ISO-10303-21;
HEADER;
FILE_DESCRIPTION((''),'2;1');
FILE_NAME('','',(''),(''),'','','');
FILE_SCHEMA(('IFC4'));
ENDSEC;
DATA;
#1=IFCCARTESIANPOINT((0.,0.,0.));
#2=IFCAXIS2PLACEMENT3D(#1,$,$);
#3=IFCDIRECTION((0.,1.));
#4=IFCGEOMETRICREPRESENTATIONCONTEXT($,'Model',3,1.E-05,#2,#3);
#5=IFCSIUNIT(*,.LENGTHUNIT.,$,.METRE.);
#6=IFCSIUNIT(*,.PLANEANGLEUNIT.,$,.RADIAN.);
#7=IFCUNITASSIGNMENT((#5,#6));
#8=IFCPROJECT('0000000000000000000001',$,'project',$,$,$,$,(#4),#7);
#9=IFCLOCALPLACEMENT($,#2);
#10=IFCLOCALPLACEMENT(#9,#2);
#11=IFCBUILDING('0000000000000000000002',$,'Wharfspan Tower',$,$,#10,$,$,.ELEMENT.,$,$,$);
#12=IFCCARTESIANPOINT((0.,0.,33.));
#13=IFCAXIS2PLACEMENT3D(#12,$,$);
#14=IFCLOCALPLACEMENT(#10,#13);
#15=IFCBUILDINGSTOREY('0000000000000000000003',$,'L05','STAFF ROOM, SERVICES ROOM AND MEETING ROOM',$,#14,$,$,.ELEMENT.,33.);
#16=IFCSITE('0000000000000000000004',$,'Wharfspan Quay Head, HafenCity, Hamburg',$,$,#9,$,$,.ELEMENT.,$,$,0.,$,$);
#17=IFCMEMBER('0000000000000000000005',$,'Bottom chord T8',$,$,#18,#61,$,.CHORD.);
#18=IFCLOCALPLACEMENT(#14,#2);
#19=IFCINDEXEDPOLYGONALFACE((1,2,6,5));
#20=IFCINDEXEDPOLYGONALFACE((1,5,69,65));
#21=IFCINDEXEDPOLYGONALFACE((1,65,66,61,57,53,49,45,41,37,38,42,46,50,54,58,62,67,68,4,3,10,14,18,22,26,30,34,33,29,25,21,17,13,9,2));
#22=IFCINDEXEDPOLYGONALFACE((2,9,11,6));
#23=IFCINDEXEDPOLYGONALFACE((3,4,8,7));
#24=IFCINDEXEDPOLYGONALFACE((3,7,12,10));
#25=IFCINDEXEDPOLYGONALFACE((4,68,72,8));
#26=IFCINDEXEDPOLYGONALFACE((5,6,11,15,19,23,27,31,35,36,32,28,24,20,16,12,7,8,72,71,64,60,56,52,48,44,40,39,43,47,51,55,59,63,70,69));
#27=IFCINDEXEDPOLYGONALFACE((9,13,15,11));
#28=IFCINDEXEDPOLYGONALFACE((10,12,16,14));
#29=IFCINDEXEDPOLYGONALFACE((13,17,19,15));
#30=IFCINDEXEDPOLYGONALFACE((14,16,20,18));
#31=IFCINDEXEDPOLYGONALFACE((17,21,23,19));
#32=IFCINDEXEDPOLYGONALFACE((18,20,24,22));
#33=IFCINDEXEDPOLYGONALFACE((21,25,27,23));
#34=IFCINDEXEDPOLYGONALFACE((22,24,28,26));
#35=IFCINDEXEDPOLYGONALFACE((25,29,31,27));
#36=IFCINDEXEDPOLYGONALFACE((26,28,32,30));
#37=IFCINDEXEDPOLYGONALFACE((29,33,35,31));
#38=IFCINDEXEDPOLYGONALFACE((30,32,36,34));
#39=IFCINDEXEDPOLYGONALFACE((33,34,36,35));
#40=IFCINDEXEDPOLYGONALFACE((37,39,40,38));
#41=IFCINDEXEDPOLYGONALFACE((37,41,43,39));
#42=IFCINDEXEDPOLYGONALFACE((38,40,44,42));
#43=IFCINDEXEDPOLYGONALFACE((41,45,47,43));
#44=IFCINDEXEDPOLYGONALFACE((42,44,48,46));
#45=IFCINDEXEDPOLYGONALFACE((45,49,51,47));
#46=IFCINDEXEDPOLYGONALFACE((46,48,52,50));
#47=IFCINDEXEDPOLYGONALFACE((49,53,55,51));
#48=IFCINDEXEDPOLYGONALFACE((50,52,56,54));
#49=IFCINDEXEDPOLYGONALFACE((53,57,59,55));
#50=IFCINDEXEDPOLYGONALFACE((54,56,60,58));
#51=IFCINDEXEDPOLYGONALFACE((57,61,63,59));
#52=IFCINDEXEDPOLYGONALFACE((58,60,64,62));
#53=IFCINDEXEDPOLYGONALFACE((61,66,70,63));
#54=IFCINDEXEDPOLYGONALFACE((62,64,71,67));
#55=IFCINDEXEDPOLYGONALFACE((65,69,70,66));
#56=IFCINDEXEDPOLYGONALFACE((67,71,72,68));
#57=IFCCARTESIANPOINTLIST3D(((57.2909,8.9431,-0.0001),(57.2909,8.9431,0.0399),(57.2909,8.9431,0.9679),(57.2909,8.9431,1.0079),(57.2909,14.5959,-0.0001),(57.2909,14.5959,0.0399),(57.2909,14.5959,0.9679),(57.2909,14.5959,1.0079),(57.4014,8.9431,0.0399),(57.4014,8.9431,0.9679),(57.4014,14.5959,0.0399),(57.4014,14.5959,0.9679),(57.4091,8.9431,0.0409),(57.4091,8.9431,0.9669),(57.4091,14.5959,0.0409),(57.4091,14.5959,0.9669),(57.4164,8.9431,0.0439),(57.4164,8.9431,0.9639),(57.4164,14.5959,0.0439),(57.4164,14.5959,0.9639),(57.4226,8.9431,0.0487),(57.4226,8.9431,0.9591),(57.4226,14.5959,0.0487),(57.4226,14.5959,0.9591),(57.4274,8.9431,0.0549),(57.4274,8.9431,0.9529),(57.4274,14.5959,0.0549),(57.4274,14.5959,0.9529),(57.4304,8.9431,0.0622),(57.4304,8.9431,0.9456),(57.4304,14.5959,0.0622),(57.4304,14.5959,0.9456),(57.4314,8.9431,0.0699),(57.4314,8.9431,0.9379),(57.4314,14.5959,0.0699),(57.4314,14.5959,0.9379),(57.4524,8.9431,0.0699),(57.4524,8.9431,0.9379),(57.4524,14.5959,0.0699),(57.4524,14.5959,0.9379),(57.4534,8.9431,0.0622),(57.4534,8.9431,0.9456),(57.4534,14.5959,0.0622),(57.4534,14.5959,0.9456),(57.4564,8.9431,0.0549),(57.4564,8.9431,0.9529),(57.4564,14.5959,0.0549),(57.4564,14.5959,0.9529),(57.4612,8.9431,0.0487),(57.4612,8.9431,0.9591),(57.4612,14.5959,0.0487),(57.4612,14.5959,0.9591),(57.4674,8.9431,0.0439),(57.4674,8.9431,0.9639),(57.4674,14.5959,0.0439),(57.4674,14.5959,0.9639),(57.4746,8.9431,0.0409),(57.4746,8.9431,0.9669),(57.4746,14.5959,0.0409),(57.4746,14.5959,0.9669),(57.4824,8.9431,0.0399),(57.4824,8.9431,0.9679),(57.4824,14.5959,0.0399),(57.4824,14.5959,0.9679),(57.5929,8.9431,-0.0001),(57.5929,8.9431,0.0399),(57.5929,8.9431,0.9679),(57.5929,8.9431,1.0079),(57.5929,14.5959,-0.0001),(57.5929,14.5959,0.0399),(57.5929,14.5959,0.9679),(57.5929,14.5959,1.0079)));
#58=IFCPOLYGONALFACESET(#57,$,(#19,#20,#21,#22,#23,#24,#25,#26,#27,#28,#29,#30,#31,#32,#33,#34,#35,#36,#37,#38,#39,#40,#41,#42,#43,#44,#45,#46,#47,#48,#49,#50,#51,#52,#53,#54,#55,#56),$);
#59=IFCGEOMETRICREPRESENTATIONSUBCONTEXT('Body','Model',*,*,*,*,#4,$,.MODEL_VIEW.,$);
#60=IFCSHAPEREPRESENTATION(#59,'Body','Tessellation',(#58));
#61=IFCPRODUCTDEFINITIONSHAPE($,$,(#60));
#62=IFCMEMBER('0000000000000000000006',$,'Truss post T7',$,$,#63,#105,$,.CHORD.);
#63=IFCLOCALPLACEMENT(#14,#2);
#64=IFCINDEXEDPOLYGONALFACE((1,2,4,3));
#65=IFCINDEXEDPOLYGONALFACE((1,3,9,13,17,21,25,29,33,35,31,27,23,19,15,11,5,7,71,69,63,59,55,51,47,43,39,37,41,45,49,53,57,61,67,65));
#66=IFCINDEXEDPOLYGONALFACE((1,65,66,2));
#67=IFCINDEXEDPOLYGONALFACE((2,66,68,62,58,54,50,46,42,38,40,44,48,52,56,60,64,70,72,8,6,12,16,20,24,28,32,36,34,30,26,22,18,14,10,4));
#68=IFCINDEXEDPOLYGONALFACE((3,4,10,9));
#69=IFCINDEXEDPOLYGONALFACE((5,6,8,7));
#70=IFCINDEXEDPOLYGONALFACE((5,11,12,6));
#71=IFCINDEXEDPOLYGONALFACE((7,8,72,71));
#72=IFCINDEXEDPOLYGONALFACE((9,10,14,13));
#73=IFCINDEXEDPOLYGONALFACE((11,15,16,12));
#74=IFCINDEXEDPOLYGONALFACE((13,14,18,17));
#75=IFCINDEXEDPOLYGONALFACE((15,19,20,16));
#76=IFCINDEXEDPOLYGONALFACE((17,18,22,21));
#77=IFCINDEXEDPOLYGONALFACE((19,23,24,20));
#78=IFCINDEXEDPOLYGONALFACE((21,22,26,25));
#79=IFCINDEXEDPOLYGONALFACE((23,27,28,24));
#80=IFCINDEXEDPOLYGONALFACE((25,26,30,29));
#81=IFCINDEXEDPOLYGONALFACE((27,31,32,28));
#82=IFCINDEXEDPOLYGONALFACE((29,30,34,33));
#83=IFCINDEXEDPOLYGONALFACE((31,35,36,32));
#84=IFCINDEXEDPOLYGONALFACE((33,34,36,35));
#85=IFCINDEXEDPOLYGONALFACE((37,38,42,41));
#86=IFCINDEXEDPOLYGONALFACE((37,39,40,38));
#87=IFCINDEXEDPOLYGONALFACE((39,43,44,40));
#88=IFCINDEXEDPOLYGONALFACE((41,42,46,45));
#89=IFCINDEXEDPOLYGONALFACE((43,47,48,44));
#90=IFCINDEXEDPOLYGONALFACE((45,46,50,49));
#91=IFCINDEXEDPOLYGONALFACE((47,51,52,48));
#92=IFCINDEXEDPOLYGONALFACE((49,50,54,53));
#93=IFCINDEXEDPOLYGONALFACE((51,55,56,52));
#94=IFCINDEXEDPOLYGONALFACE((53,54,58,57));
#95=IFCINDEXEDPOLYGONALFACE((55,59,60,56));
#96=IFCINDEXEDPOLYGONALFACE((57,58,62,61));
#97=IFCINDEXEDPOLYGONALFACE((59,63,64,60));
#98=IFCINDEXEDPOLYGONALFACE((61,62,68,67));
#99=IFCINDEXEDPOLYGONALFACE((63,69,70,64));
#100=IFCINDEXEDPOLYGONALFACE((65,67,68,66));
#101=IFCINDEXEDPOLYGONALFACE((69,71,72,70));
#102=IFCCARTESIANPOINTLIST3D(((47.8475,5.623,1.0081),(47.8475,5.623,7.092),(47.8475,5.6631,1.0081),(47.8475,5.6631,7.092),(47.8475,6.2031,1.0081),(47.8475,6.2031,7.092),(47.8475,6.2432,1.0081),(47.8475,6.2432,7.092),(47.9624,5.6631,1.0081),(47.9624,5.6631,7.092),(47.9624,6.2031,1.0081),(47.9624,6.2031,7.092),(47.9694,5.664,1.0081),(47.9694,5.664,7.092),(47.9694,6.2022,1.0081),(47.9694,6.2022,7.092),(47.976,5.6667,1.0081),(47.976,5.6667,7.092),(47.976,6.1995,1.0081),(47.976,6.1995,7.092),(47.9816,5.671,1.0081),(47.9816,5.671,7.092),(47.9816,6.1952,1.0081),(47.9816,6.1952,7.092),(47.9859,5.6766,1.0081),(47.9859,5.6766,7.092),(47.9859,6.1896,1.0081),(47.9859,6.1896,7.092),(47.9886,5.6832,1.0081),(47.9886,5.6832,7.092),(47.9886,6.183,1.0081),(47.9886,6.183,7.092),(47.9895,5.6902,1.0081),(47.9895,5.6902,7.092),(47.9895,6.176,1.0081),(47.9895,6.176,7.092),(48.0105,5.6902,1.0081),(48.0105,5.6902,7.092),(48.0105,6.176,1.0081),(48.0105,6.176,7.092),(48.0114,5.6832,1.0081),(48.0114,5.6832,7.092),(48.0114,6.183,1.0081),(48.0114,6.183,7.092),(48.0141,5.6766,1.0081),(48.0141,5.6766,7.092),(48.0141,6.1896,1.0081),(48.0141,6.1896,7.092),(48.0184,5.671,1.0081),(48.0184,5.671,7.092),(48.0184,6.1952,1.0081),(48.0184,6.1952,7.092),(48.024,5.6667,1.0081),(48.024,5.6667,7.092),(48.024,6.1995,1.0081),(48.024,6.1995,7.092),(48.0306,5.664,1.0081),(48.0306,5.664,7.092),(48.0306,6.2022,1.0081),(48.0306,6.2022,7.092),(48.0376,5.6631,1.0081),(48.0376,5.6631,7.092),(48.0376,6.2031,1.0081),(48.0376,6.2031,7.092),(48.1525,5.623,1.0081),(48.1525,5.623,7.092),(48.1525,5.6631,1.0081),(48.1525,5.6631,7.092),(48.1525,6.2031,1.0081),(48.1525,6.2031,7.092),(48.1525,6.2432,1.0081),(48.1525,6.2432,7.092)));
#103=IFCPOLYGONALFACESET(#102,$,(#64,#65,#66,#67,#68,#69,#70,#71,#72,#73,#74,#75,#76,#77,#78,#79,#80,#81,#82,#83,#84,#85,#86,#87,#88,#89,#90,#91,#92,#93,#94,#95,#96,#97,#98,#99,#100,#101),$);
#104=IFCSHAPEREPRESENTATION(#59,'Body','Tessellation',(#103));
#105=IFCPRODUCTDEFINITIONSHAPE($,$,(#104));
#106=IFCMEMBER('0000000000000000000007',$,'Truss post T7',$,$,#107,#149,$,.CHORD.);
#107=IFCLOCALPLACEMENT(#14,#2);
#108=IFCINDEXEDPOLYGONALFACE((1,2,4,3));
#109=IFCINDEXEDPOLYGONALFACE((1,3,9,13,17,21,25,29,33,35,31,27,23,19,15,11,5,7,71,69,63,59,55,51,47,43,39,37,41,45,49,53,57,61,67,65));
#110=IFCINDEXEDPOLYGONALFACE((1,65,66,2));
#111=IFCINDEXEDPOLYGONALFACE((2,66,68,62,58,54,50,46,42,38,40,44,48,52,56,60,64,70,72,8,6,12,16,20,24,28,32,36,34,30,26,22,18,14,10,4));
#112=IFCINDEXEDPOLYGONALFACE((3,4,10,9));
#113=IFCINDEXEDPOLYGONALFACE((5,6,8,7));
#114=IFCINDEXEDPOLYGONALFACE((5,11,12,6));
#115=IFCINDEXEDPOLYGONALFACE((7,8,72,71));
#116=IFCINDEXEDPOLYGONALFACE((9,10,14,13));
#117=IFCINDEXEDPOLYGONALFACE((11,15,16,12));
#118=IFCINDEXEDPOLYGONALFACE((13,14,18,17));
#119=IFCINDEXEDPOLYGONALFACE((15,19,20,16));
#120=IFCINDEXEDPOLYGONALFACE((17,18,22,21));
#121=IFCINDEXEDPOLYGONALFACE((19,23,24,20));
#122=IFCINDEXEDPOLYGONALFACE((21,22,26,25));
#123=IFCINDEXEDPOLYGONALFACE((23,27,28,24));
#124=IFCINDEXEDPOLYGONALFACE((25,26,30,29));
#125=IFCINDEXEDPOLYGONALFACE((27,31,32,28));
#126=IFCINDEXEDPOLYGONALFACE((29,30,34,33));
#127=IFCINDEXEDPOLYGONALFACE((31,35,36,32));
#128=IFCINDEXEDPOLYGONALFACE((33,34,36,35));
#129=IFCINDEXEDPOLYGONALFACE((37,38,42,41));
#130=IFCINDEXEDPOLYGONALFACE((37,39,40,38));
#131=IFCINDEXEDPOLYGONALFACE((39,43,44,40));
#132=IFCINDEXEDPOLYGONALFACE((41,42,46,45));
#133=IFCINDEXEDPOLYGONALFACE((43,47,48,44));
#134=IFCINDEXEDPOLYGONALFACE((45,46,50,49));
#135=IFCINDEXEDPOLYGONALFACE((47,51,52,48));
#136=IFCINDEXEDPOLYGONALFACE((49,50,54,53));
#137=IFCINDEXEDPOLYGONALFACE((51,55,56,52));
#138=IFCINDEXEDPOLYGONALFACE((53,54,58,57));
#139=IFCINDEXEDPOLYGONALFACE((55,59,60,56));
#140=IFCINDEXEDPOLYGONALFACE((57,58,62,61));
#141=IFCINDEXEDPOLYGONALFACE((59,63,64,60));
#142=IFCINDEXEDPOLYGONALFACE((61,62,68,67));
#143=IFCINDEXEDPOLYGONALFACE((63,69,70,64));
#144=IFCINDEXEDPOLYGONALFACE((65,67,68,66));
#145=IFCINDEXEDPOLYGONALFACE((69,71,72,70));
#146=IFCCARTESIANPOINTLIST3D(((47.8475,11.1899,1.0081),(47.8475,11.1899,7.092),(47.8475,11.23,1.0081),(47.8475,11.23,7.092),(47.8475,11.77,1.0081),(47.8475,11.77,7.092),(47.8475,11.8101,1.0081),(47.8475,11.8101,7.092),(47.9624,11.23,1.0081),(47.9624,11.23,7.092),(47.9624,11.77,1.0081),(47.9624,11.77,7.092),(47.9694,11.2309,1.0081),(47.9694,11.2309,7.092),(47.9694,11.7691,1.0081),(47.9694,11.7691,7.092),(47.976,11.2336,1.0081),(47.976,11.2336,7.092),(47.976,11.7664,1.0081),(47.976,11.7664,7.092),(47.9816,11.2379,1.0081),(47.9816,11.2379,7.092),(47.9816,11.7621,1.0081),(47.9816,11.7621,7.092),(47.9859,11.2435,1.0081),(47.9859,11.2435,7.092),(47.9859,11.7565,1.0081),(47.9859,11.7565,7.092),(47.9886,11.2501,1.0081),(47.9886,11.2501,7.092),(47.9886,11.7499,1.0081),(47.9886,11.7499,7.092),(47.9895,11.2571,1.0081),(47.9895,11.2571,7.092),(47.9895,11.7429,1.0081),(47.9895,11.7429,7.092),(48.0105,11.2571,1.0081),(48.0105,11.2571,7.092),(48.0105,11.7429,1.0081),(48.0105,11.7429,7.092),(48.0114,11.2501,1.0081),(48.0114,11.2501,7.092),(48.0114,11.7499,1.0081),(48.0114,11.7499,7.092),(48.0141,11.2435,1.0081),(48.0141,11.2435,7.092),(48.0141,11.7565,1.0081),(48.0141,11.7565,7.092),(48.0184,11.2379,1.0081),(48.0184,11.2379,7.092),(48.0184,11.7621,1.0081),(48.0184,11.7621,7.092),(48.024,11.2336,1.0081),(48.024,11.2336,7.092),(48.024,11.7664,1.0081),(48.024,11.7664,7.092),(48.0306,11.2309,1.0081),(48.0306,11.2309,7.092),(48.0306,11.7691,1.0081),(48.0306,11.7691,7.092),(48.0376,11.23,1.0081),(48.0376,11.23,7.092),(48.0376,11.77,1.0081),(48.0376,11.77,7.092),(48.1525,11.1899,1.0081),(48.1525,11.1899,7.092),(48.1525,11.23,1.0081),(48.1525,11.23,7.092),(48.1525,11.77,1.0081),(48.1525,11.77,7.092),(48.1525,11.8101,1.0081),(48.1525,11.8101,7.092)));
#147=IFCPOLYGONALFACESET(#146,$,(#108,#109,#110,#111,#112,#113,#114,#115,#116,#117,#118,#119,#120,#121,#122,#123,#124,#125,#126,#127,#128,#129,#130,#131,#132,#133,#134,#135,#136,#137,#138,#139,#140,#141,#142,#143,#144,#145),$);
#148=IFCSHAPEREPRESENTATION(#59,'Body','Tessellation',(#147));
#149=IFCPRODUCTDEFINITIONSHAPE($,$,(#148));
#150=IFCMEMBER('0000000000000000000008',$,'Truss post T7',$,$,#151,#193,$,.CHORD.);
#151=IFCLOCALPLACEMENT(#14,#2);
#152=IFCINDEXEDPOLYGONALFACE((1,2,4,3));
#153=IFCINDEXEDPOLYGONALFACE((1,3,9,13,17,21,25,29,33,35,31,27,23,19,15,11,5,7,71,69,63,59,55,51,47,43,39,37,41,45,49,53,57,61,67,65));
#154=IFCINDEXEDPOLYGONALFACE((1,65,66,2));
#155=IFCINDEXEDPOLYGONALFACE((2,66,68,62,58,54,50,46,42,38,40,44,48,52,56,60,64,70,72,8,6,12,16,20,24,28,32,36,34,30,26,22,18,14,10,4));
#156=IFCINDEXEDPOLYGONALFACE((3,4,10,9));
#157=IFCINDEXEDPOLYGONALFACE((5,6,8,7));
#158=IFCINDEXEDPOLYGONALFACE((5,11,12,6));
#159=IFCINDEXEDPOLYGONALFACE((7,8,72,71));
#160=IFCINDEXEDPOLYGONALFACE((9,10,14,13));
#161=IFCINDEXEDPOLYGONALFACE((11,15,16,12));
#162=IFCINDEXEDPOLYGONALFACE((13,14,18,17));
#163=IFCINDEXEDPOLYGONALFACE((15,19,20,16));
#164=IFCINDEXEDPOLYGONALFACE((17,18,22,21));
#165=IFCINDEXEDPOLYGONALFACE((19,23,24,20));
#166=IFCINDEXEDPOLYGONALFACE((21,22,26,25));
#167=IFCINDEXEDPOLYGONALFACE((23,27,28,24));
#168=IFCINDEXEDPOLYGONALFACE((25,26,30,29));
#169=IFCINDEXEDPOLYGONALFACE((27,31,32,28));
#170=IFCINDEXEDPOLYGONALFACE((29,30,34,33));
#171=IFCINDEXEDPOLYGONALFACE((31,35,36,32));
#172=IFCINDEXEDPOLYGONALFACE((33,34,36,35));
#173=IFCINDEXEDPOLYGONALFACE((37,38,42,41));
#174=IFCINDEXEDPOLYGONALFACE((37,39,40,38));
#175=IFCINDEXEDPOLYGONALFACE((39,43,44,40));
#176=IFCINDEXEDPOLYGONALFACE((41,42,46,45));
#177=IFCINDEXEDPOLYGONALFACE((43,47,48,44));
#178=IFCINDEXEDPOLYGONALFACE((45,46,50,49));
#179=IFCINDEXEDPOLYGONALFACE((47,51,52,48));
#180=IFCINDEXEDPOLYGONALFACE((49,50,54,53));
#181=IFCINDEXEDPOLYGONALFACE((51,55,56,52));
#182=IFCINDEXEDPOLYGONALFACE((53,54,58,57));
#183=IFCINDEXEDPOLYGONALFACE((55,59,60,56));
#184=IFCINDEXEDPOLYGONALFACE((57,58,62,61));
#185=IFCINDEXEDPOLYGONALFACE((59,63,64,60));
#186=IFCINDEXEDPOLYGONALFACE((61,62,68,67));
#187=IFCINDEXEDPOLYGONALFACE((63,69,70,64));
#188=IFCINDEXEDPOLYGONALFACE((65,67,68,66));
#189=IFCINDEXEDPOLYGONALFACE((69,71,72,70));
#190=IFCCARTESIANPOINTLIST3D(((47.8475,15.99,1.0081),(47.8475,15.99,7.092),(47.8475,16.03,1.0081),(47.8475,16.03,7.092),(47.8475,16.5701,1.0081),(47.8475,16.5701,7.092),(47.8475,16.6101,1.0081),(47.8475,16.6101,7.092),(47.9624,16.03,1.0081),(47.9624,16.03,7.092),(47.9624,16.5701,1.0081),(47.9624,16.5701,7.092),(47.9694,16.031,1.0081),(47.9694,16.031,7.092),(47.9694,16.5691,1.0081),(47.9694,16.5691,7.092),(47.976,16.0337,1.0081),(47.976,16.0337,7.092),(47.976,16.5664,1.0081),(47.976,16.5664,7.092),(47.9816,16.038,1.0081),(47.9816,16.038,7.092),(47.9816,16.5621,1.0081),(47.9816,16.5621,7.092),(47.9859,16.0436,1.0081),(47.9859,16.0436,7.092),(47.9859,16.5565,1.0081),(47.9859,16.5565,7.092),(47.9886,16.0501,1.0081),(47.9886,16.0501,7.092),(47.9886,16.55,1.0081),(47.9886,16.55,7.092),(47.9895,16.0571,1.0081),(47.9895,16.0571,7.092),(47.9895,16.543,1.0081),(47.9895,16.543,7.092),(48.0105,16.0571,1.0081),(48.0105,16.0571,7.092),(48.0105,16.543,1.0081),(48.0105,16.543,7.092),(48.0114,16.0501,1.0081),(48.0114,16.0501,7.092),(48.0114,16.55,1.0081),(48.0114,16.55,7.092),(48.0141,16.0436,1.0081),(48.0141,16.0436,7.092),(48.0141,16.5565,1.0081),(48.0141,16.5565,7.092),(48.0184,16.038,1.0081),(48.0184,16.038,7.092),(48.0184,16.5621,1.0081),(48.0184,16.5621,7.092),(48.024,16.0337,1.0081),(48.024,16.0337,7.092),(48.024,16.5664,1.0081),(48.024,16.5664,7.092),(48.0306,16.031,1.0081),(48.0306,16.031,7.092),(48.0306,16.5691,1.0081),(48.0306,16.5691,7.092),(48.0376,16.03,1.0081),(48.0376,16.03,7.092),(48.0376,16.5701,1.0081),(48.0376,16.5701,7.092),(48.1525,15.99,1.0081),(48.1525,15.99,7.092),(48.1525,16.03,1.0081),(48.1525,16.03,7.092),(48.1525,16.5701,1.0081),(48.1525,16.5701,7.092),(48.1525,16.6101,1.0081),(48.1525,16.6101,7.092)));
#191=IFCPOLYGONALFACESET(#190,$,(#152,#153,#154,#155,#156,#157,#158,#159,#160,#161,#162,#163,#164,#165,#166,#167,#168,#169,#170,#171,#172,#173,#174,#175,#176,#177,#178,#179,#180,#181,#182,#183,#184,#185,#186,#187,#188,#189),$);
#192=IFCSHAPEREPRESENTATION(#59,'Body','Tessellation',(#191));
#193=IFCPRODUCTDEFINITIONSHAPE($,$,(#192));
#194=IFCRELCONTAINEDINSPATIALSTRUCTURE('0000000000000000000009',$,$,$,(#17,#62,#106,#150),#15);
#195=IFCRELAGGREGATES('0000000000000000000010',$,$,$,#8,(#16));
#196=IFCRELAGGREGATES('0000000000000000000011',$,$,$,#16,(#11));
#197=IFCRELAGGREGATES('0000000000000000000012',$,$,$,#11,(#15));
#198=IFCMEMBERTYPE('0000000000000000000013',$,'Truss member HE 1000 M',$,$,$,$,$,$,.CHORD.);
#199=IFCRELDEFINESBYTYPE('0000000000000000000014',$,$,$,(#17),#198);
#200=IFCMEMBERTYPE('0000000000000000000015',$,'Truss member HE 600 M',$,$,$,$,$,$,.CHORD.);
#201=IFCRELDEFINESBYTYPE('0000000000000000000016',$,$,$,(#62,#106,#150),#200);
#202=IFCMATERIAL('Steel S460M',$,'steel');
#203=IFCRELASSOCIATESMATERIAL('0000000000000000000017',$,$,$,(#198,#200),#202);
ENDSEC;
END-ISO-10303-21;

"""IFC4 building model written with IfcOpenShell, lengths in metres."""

from ifc_helpers import new_model, si_unit, direction, frame, origin, origin_2d, place, context, subcontext, project, spatial, i_section, extrude, material, material_profile, profile_set, type_object, element, save


model = new_model("IFC4")

# Units and contexts
model_context = context("Model", 3, precision=1e-05, world=origin(), true_north=direction((0.0, 1.0)))
body_context = subcontext(model_context, "Body", "Model", "MODEL_VIEW")
ifc_project = project(units=[si_unit("LENGTHUNIT", "METRE"), si_unit("PLANEANGLEUNIT", "RADIAN")], contexts=[model_context])

# Site, building, storey
site_placement = place(None, origin())
site = spatial("IfcSite", under=ifc_project, at=site_placement, Name="Wharfspan Quay Head, HafenCity, Hamburg", CompositionType="ELEMENT", RefElevation=0.0)
building_placement = place(site_placement, origin())
building = spatial("IfcBuilding", under=site, at=building_placement, Name="Wharfspan Tower", CompositionType="ELEMENT")
storey_placement = place(building_placement, frame((0.0, 0.0, 33.0)))
storey = spatial("IfcBuildingStorey", under=building, at=storey_placement, Name="L05", Description="STAFF ROOM, SERVICES ROOM AND MEETING ROOM", CompositionType="ELEMENT", Elevation=33.0)

# Members
ifc_material_1 = material(Name="Steel S460M", Category="steel")
ifc_material_profile_1 = material_profile(ifc_material_1, i_section(OverallWidth=0.302, OverallDepth=1.0081, WebThickness=0.021, FlangeThickness=0.04, FilletRadius=0.03, at=origin_2d()))
ifc_profile_set_1 = profile_set([ifc_material_profile_1], Name="Steel S460M")
member_type_1 = type_object("IfcMemberType", Name="Truss member HE 1000 M", PredefinedType="CHORD", material=ifc_profile_set_1)
for number, where, z_axis, x_axis, name in (
    (1, (57.4419, 8.9431, 0.5039), (0.0, 1.0, 0.0), (-1.0, 0.0, 0.0), "Bottom chord T8"),
):
    element("IfcMember", number, at=place(storey_placement, frame(where, z_axis=z_axis, x_axis=x_axis)), inside=storey, type_object=member_type_1, Name=name, PredefinedType="CHORD", context=body_context, shape_type="SweptSolid", body=[
        extrude(i_section(OverallWidth=0.302, OverallDepth=1.0081, WebThickness=0.021, FlangeThickness=0.04, FilletRadius=0.03, at=origin_2d()), origin(), (0.0, 0.0, 1.0), 5.6528),
    ])
ifc_material_profile_2 = material_profile(ifc_material_1, i_section(OverallWidth=0.3049, OverallDepth=0.6201, WebThickness=0.021, FlangeThickness=0.04, FilletRadius=0.0271, at=origin_2d()))
ifc_profile_set_2 = profile_set([ifc_material_profile_2], Name="Steel S460M")
member_type_2 = type_object("IfcMemberType", Name="Truss member HE 600 M", PredefinedType="CHORD", material=ifc_profile_set_2)
for number, where, z_axis, x_axis, name in (
    (2, (48.0, 5.9331, 1.0081), (0.0, 0.0, 1.0), (1.0, 0.0, 0.0), "Truss post T7"),
    (3, (48.0, 11.5, 1.0081), (0.0, 0.0, 1.0), (1.0, 0.0, 0.0), "Truss post T7"),
    (4, (48.0, 16.3, 1.0081), (0.0, 0.0, 1.0), (1.0, 0.0, 0.0), "Truss post T7"),
):
    element("IfcMember", number, at=place(storey_placement, frame(where, z_axis=z_axis, x_axis=x_axis)), inside=storey, type_object=member_type_2, Name=name, PredefinedType="CHORD", context=body_context, shape_type="SweptSolid", body=[
        extrude(i_section(OverallWidth=0.3049, OverallDepth=0.6201, WebThickness=0.021, FlangeThickness=0.04, FilletRadius=0.0271, at=origin_2d()), origin(), (0.0, 0.0, 1.0), 6.084),
    ])

save(model, "model.ifc")
